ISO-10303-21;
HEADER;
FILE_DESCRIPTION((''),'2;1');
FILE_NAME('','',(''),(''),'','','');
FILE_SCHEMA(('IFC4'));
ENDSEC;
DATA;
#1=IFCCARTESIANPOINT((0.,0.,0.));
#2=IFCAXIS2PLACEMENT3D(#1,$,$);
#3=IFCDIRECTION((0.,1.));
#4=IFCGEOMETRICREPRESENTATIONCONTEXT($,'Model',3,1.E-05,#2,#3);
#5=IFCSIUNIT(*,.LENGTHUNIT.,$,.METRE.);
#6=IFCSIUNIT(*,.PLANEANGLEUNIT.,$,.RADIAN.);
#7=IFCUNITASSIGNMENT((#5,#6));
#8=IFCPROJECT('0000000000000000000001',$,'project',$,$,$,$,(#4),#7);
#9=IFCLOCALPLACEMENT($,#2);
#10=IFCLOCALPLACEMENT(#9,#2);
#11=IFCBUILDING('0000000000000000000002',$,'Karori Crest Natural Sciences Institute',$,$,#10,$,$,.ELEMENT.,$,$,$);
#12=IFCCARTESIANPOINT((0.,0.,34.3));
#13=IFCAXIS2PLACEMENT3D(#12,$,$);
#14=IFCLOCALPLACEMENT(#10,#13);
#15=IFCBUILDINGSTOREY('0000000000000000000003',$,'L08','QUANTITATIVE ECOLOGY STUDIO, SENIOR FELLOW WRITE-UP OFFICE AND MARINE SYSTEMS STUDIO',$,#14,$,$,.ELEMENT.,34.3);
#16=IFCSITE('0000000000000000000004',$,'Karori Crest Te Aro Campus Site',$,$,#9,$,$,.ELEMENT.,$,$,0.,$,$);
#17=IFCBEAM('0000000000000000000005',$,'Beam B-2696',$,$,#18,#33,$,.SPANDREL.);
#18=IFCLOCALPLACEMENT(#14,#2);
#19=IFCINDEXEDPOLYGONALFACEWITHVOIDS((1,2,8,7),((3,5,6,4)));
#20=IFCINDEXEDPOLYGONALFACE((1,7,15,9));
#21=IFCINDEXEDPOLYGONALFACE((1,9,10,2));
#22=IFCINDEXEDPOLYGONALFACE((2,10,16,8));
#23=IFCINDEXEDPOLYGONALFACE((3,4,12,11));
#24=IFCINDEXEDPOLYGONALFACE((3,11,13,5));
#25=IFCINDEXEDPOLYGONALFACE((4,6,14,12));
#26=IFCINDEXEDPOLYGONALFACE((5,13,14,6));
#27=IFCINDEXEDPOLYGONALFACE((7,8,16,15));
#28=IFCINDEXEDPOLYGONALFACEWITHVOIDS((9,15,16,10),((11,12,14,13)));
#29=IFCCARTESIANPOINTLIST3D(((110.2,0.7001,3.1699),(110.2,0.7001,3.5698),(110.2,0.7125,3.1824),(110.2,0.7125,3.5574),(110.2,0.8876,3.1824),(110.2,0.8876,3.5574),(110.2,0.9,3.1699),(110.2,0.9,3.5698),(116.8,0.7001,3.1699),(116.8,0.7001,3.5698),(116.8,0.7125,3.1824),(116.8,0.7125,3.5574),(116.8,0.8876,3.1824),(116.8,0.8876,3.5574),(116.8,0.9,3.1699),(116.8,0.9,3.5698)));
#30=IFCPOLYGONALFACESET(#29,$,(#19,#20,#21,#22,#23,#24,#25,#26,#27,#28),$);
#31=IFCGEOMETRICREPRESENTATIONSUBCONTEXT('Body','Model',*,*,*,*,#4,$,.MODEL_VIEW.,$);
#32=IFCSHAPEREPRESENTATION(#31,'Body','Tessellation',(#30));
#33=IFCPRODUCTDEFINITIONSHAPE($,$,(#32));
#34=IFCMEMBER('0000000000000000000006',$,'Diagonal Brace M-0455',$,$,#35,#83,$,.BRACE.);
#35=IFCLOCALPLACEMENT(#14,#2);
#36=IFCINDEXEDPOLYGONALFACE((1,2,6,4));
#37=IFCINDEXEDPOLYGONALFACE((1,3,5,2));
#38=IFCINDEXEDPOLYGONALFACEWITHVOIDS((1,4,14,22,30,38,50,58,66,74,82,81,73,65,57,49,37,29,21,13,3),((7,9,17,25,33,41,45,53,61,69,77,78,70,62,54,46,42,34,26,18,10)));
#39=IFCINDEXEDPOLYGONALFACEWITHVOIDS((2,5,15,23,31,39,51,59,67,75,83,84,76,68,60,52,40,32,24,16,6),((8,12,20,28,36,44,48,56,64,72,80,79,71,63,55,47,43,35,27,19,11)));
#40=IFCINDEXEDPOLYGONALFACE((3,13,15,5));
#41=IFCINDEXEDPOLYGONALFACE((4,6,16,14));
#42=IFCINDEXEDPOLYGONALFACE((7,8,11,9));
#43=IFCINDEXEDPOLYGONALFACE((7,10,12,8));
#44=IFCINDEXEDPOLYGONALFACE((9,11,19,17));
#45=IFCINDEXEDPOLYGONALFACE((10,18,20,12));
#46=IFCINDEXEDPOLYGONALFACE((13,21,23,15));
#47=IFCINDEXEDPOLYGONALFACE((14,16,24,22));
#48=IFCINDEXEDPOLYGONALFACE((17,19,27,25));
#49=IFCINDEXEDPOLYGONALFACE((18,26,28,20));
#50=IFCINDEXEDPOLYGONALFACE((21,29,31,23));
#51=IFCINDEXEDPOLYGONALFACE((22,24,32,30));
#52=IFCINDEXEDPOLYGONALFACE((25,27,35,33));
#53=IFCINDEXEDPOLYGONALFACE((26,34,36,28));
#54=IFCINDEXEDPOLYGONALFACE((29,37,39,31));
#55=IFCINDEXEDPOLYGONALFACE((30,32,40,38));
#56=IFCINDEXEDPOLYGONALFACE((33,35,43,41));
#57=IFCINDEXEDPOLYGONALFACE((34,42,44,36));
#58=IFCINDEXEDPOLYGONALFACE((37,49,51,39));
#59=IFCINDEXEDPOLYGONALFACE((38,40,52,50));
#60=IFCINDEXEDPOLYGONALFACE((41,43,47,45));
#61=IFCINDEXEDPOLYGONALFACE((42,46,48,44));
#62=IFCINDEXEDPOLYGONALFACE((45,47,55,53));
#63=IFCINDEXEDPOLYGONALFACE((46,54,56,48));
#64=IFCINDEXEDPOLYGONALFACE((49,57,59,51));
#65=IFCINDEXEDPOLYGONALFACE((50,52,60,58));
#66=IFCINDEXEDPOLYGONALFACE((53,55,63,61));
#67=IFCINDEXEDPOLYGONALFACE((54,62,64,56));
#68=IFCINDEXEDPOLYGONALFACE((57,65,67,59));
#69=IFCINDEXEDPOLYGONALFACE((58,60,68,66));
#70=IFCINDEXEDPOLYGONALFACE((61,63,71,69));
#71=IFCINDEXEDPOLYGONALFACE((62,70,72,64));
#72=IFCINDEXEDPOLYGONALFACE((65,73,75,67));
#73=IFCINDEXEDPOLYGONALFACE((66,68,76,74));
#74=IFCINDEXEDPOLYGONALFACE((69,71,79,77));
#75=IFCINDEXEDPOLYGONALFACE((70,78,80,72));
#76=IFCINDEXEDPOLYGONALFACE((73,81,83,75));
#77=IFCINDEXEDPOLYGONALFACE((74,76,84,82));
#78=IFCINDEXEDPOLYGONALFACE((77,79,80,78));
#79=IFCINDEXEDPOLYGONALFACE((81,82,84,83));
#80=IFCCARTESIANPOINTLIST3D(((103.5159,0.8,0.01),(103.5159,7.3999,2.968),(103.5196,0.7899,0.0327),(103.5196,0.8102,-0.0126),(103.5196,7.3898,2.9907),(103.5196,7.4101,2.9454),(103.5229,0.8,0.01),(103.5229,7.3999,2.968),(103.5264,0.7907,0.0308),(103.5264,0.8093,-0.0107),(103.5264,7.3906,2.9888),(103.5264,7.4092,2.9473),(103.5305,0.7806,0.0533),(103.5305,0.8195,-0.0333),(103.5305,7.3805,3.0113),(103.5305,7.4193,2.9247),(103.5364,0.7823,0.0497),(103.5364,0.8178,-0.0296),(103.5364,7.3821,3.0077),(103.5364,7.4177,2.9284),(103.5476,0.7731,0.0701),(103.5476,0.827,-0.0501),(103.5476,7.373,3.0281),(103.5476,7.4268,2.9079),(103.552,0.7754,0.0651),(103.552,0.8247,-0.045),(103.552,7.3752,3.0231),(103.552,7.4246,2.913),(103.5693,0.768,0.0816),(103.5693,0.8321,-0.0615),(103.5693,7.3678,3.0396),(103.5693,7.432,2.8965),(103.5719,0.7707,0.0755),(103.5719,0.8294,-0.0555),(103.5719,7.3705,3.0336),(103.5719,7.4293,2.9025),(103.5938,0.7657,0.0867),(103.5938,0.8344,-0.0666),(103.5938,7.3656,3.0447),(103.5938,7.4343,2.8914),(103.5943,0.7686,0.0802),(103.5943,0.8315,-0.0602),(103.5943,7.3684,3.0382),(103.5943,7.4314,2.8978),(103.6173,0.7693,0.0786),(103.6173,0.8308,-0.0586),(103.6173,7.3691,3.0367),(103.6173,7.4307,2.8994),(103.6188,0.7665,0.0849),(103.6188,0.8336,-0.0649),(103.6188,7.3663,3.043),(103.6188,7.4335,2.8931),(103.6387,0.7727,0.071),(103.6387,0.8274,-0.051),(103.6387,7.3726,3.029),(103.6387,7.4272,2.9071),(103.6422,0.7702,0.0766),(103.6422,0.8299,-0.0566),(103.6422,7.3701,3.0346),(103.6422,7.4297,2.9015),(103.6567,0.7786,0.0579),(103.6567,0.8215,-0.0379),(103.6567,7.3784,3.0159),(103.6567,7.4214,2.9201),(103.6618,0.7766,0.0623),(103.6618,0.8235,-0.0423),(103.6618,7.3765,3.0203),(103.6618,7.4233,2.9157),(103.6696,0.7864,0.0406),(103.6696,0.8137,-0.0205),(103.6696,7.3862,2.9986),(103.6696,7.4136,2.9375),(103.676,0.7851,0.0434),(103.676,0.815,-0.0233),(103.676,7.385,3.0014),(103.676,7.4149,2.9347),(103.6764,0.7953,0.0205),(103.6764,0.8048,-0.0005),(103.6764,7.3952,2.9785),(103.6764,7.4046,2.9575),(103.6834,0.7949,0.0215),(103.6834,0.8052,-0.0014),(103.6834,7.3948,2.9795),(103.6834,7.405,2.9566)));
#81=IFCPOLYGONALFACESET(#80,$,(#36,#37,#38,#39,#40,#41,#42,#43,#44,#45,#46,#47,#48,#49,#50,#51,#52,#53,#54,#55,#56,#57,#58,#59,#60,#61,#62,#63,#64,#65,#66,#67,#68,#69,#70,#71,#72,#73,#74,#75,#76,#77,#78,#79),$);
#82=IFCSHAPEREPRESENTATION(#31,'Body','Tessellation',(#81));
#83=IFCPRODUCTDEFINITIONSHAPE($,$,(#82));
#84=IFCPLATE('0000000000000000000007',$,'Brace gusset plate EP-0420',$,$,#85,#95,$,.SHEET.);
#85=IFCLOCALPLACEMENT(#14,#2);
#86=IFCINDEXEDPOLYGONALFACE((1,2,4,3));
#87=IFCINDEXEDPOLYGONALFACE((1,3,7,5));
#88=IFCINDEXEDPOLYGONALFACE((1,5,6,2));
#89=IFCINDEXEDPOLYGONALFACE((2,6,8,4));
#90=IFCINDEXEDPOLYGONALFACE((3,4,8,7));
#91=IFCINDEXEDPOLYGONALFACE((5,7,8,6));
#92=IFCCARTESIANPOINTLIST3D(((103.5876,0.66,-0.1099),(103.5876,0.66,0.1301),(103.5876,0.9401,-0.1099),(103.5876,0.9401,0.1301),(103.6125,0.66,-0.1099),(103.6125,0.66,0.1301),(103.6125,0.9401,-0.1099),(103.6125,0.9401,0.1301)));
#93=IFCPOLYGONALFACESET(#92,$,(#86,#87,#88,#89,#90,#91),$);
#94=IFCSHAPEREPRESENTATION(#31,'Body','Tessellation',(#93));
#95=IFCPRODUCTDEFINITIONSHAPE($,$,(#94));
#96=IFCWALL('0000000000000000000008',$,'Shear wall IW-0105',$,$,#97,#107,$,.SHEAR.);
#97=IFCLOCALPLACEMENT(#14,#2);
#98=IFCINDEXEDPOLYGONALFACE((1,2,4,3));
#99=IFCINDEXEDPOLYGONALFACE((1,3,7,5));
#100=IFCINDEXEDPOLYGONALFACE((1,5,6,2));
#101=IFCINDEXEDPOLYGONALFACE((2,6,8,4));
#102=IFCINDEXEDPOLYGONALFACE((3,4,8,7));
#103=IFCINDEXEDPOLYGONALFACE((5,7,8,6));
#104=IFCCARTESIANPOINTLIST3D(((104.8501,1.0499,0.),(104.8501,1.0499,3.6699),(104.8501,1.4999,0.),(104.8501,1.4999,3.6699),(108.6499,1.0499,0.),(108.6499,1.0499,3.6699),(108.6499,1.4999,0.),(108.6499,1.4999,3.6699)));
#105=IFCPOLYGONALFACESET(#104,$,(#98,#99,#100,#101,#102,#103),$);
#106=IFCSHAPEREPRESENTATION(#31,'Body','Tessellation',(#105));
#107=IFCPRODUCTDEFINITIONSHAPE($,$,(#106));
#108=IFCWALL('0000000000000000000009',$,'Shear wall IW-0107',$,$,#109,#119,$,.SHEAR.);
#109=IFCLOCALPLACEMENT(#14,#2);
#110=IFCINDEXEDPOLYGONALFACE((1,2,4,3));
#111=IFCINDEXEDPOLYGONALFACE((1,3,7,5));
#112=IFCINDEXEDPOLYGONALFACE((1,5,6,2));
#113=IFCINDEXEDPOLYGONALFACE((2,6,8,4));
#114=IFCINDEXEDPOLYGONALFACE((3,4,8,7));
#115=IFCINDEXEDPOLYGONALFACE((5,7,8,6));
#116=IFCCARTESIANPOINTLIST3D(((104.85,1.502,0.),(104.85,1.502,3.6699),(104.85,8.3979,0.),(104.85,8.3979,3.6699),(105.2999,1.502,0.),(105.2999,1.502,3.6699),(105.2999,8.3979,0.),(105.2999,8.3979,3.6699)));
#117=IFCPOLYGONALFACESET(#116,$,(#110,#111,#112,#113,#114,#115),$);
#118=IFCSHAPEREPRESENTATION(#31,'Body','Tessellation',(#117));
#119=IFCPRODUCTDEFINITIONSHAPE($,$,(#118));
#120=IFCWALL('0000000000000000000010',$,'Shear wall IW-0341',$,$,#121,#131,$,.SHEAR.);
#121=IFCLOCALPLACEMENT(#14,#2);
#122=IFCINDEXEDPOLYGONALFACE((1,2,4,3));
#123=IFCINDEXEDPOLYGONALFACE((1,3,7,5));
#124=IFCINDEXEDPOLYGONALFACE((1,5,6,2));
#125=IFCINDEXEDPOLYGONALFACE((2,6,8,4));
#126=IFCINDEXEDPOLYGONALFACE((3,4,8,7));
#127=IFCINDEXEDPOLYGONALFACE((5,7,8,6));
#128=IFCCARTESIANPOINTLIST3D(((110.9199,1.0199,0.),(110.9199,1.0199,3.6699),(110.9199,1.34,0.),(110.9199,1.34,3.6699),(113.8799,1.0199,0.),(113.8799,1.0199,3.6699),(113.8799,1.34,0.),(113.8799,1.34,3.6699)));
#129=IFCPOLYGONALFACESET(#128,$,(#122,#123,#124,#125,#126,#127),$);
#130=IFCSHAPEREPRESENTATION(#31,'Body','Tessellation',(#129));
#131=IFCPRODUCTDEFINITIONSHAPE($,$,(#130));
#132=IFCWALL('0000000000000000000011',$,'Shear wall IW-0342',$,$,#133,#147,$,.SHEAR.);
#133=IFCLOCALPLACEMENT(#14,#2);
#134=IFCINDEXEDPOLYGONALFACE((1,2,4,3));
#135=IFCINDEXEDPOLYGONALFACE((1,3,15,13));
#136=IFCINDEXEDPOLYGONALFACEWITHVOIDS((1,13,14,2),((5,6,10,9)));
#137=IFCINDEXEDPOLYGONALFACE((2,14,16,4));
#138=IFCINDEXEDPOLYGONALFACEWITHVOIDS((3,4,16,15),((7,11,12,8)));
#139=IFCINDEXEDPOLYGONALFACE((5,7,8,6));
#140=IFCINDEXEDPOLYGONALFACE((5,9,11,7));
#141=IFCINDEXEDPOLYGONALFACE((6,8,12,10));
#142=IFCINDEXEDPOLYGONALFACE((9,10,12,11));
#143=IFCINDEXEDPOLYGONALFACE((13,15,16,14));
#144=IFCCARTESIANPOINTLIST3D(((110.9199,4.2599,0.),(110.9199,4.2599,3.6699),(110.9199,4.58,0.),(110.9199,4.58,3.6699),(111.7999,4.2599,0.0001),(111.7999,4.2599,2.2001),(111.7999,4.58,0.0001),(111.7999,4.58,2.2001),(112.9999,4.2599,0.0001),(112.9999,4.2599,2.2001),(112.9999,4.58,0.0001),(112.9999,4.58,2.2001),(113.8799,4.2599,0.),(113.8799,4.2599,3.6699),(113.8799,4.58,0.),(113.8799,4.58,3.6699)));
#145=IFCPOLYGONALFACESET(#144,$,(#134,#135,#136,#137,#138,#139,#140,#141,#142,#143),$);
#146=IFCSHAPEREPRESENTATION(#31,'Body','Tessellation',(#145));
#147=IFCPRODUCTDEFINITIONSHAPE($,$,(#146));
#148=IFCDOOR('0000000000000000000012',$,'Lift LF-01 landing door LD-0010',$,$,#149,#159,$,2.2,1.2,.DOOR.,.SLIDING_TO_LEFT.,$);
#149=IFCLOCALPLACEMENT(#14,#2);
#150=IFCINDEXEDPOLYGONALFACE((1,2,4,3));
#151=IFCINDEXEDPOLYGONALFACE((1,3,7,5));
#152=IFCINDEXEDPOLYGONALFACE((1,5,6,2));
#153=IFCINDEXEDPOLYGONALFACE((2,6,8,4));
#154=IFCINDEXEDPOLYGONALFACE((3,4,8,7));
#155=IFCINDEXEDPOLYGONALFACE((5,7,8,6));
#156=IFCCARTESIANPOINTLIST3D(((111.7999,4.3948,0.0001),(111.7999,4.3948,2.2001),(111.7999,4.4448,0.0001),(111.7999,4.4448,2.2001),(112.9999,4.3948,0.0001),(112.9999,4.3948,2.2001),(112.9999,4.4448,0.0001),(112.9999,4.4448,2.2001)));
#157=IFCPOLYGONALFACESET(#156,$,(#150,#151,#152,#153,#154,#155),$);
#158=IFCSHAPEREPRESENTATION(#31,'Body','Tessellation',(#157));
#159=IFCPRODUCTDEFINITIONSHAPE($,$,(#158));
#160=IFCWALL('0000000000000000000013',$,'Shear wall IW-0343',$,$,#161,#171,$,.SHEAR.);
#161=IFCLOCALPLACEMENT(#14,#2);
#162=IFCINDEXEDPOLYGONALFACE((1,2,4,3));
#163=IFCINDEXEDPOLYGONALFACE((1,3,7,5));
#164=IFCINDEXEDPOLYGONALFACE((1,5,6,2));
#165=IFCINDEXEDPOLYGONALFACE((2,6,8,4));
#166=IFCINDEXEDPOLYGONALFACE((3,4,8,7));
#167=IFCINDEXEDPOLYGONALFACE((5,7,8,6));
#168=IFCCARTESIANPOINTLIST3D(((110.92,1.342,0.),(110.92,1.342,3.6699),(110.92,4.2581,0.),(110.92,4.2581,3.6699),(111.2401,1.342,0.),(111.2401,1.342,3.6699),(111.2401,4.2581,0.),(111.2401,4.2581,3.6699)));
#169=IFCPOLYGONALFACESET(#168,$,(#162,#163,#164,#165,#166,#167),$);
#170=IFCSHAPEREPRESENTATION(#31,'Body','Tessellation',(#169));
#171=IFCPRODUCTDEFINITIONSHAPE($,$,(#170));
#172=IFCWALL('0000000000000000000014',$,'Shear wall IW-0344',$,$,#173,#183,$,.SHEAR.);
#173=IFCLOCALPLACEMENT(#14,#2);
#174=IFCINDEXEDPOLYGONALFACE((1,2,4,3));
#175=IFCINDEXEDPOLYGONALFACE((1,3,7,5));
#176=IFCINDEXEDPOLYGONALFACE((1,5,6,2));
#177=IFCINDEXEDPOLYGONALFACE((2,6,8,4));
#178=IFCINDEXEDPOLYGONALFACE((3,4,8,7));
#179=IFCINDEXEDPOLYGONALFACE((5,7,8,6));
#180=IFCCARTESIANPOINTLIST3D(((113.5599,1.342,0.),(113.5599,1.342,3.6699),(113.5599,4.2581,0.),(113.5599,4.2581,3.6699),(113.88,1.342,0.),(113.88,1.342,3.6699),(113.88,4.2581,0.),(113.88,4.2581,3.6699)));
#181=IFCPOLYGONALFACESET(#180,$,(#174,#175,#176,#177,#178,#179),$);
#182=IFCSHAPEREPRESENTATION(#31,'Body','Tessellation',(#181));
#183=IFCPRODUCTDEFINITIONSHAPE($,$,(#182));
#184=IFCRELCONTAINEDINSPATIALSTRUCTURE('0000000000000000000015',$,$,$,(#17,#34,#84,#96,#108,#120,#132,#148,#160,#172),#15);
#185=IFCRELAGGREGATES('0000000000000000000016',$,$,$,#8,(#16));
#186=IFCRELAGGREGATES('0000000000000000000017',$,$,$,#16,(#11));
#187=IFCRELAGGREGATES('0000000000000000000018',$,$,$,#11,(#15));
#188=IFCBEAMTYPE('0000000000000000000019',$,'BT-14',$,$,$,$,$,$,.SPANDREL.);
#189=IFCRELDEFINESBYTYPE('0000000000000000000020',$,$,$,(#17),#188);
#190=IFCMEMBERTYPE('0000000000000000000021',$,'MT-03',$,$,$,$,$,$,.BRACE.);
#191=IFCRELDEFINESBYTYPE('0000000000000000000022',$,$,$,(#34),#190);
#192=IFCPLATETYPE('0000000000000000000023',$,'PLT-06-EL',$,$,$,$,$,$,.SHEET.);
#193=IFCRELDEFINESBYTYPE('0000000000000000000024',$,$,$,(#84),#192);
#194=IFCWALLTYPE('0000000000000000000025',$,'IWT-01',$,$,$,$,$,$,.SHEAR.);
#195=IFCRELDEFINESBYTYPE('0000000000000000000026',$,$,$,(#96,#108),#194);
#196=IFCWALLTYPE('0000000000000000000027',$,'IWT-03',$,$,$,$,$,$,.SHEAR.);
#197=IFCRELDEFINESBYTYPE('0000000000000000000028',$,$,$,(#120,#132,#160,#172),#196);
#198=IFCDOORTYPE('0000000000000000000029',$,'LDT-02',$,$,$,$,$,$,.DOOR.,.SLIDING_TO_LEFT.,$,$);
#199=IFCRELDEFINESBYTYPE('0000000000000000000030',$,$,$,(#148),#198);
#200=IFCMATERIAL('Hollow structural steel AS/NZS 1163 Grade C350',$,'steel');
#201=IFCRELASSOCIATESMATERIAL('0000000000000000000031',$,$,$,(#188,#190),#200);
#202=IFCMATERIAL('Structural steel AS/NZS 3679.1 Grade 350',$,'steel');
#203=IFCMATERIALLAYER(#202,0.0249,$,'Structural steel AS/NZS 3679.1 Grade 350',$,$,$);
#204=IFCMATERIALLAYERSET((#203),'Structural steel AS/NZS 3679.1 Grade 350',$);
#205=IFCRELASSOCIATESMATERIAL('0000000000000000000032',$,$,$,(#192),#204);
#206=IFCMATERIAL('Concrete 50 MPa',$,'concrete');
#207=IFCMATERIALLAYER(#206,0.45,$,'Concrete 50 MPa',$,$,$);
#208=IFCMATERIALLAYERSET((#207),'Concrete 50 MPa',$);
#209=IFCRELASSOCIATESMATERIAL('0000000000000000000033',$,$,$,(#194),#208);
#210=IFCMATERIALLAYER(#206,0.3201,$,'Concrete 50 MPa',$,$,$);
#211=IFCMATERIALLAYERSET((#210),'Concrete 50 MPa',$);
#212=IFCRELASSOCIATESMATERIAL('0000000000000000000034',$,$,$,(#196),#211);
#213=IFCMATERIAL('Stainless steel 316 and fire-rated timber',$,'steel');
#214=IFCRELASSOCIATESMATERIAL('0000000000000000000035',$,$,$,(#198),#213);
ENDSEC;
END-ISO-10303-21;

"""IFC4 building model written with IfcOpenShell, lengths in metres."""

from ifc_helpers import new_model, si_unit, direction, frame, frame_2d, origin, origin_2d, place, context, subcontext, project, spatial, rectangle, hollow_rectangle, hollow_circle, extrude, material, layer, layer_set, material_profile, profile_set, type_object, element, fill, save


model = new_model("IFC4")

# Units and contexts
model_context = context("Model", 3, precision=1e-05, world=origin(), true_north=direction((0.0, 1.0)))
body_context = subcontext(model_context, "Body", "Model", "MODEL_VIEW")
ifc_project = project(units=[si_unit("LENGTHUNIT", "METRE"), si_unit("PLANEANGLEUNIT", "RADIAN")], contexts=[model_context])

# Site, building, storey
site_placement = place(None, origin())
site = spatial("IfcSite", under=ifc_project, at=site_placement, Name="Karori Crest Te Aro Campus Site", CompositionType="ELEMENT", RefElevation=0.0)
building_placement = place(site_placement, origin())
building = spatial("IfcBuilding", under=site, at=building_placement, Name="Karori Crest Natural Sciences Institute", CompositionType="ELEMENT")
storey_placement = place(building_placement, frame((0.0, 0.0, 34.3)))
storey = spatial("IfcBuildingStorey", under=building, at=storey_placement, Name="L08", Description="QUANTITATIVE ECOLOGY STUDIO, SENIOR FELLOW WRITE-UP OFFICE AND MARINE SYSTEMS STUDIO", CompositionType="ELEMENT", Elevation=34.3)

# Shared definitions
ifc_material_1 = material(Name="Concrete 50 MPa", Category="concrete")

# Beam
ifc_material_2 = material(Name="Structural steel AS/NZS 3679.1 Grade 350", Category="steel")
ifc_material_3 = material(Name="Hollow structural steel AS/NZS 1163 Grade C350", Category="steel")
ifc_material_profile_1 = material_profile(ifc_material_3, hollow_rectangle(XDim=0.2, YDim=0.3999, WallThickness=0.0125, at=origin_2d()), Name="RHS400x200x12.5")
ifc_profile_set_1 = profile_set([ifc_material_profile_1], Name="Hollow structural steel AS/NZS 1163 Grade C350")
beam_type_1 = type_object("IfcBeamType", Name="BT-14", PredefinedType="SPANDREL", material=ifc_profile_set_1)
beam_1_placement = place(storey_placement, frame((110.2, 0.8, 3.3699), z_axis=(1.0, 0.0, 0.0), x_axis=(0.0, 1.0, 0.0)))
element("IfcBeam", 1, at=beam_1_placement, inside=storey, type_object=beam_type_1, Name="Beam B-2696", PredefinedType="SPANDREL", context=body_context, shape_type="SweptSolid", body=[
    extrude(hollow_rectangle(XDim=0.2, YDim=0.3999, WallThickness=0.0125, at=origin_2d()), origin(), (0.0, 0.0, 1.0), 6.6001),
])

# Member
ifc_material_profile_2 = material_profile(ifc_material_3, hollow_circle(Radius=0.0842, WallThickness=0.0071, at=origin_2d()), Name="CHS168.3x7.1")
ifc_profile_set_2 = profile_set([ifc_material_profile_2], Name="Hollow structural steel AS/NZS 1163 Grade C350")
member_type = type_object("IfcMemberType", Name="MT-03", PredefinedType="BRACE", material=ifc_profile_set_2)
member_placement = place(storey_placement, frame((103.6001, 0.8, 0.01), z_axis=(0.0, 0.912538, 0.408993), x_axis=(-1.0, 0.0, 0.0)))
element("IfcMember", 2, at=member_placement, inside=storey, type_object=member_type, Name="Diagonal Brace M-0455", PredefinedType="BRACE", context=body_context, shape_type="SweptSolid", body=[
    extrude(hollow_circle(Radius=0.0842, WallThickness=0.0071, at=origin_2d()), origin(), (0.0, 0.0, 1.0), 7.2324),
])

# Plate
ifc_layer_1 = layer(ifc_material_2, 0.0249, Name="Structural steel AS/NZS 3679.1 Grade 350")
ifc_layer_set_1 = layer_set([ifc_layer_1], Name="Structural steel AS/NZS 3679.1 Grade 350")
plate_type = type_object("IfcPlateType", Name="PLT-06-EL", PredefinedType="SHEET", material=ifc_layer_set_1)
plate_placement = place(storey_placement, frame((103.6001, 0.8, -0.1099), z_axis=(0.0, 0.0, 1.0), x_axis=(0.0, 1.0, 0.0)))
element("IfcPlate", 3, at=plate_placement, inside=storey, type_object=plate_type, Name="Brace gusset plate EP-0420", PredefinedType="SHEET", context=body_context, shape_type="SweptSolid", body=[
    extrude(rectangle(XDim=0.28, YDim=0.0249, at=origin_2d()), origin(), (0.0, 0.0, 1.0), 0.24),
])

# Walls
ifc_layer_2 = layer(ifc_material_1, 0.45, Name="Concrete 50 MPa")
ifc_layer_set_2 = layer_set([ifc_layer_2], Name="Concrete 50 MPa")
wall_type_1 = type_object("IfcWallType", Name="IWT-01", PredefinedType="SHEAR", material=ifc_layer_set_2)
wall_1_placement = place(storey_placement, frame((104.8501, 1.2749, 0.0), z_axis=(0.0, 0.0, 1.0), x_axis=(1.0, 0.0, 0.0)))
element("IfcWall", 4, at=wall_1_placement, inside=storey, type_object=wall_type_1, Name="Shear wall IW-0105", PredefinedType="SHEAR", context=body_context, shape_type="SweptSolid", body=[
    extrude(rectangle(XDim=3.7998, YDim=0.45, at=frame_2d((1.8999, 0.0))), origin(), (0.0, 0.0, 1.0), 3.6699),
])
wall_2_placement = place(storey_placement, frame((105.075, 1.502, 0.0), z_axis=(0.0, 0.0, 1.0), x_axis=(0.0, 1.0, 0.0)))
element("IfcWall", 5, at=wall_2_placement, inside=storey, type_object=wall_type_1, Name="Shear wall IW-0107", PredefinedType="SHEAR", context=body_context, shape_type="SweptSolid", body=[
    extrude(rectangle(XDim=6.896, YDim=0.45, at=frame_2d((3.448, 0.0))), origin(), (0.0, 0.0, 1.0), 3.6699),
])

# Shared definitions
ifc_material_4 = material(Name="Stainless steel 316 and fire-rated timber", Category="steel")

# Wall
ifc_layer_3 = layer(ifc_material_1, 0.3201, Name="Concrete 50 MPa")
ifc_layer_set_3 = layer_set([ifc_layer_3], Name="Concrete 50 MPa")
wall_type_2 = type_object("IfcWallType", Name="IWT-03", PredefinedType="SHEAR", material=ifc_layer_set_3)
wall_3_placement = place(storey_placement, frame((110.9199, 1.1799, 0.0), z_axis=(0.0, 0.0, 1.0), x_axis=(1.0, 0.0, 0.0)))
element("IfcWall", 6, at=wall_3_placement, inside=storey, type_object=wall_type_2, Name="Shear wall IW-0341", PredefinedType="SHEAR", context=body_context, shape_type="SweptSolid", body=[
    extrude(rectangle(XDim=2.96, YDim=0.3201, at=frame_2d((1.48, 0.0))), origin(), (0.0, 0.0, 1.0), 3.6699),
])

# Wall, opening, door
wall_4_placement = place(storey_placement, frame((110.9199, 4.4199, 0.0), z_axis=(0.0, 0.0, 1.0), x_axis=(1.0, 0.0, 0.0)))
wall_4 = element("IfcWall", 7, at=wall_4_placement, inside=storey, type_object=wall_type_2, Name="Shear wall IW-0342", PredefinedType="SHEAR", context=body_context, shape_type="SweptSolid", body=[
    extrude(rectangle(XDim=2.96, YDim=0.3201, at=frame_2d((1.48, 0.0))), origin(), (0.0, 0.0, 1.0), 3.6699),
])
opening_1_placement = place(wall_4_placement, frame((0.8799, 0.0, 0.0)))
opening_1 = element("IfcOpeningElement", 8, at=opening_1_placement, cuts=wall_4, PredefinedType="OPENING", context=body_context, shape_type="SweptSolid", body=[
    extrude(rectangle(XDim=1.2, YDim=2.2, at=frame_2d((0.6001, 1.1001))), frame((0.0, 0.1699, 0.0), z_axis=(0.0, -1.0, 0.0), x_axis=(1.0, 0.0, 0.0)), (0.0, 0.0, 1.0), 0.3401),
])
door_type_1 = type_object("IfcDoorType", Name="LDT-02", OperationType="SLIDING_TO_LEFT", PredefinedType="DOOR", material=ifc_material_4)
door_1_placement = place(opening_1_placement, origin())
door_1 = element("IfcDoor", 9, at=door_1_placement, inside=storey, type_object=door_type_1, Name="Lift LF-01 landing door LD-0010", OperationType="SLIDING_TO_LEFT", OverallHeight=2.2, OverallWidth=1.2, PredefinedType="DOOR", context=body_context, shape_type="SweptSolid", body=[
    extrude(rectangle(XDim=1.2, YDim=2.2, at=frame_2d((0.6001, 1.1001))), frame((0.0, 0.0249, 0.0), z_axis=(0.0, -1.0, 0.0), x_axis=(1.0, 0.0, 0.0)), (0.0, 0.0, 1.0), 0.05),
])
fill(opening_1, door_1)

# Walls
for number, where, z_axis, x_axis, name in (
    (10, (111.0801, 1.342, 0.0), (0.0, 0.0, 1.0), (0.0, 1.0, 0.0), "Shear wall IW-0343"),
    (11, (113.72, 1.342, 0.0), (0.0, 0.0, 1.0), (0.0, 1.0, 0.0), "Shear wall IW-0344"),
):
    element("IfcWall", number, at=place(storey_placement, frame(where, z_axis=z_axis, x_axis=x_axis)), inside=storey, type_object=wall_type_2, Name=name, PredefinedType="SHEAR", context=body_context, shape_type="SweptSolid", body=[
        extrude(rectangle(XDim=2.916, YDim=0.3201, at=frame_2d((1.458, 0.0))), origin(), (0.0, 0.0, 1.0), 3.6699),
    ])

save(model, "model.ifc")
